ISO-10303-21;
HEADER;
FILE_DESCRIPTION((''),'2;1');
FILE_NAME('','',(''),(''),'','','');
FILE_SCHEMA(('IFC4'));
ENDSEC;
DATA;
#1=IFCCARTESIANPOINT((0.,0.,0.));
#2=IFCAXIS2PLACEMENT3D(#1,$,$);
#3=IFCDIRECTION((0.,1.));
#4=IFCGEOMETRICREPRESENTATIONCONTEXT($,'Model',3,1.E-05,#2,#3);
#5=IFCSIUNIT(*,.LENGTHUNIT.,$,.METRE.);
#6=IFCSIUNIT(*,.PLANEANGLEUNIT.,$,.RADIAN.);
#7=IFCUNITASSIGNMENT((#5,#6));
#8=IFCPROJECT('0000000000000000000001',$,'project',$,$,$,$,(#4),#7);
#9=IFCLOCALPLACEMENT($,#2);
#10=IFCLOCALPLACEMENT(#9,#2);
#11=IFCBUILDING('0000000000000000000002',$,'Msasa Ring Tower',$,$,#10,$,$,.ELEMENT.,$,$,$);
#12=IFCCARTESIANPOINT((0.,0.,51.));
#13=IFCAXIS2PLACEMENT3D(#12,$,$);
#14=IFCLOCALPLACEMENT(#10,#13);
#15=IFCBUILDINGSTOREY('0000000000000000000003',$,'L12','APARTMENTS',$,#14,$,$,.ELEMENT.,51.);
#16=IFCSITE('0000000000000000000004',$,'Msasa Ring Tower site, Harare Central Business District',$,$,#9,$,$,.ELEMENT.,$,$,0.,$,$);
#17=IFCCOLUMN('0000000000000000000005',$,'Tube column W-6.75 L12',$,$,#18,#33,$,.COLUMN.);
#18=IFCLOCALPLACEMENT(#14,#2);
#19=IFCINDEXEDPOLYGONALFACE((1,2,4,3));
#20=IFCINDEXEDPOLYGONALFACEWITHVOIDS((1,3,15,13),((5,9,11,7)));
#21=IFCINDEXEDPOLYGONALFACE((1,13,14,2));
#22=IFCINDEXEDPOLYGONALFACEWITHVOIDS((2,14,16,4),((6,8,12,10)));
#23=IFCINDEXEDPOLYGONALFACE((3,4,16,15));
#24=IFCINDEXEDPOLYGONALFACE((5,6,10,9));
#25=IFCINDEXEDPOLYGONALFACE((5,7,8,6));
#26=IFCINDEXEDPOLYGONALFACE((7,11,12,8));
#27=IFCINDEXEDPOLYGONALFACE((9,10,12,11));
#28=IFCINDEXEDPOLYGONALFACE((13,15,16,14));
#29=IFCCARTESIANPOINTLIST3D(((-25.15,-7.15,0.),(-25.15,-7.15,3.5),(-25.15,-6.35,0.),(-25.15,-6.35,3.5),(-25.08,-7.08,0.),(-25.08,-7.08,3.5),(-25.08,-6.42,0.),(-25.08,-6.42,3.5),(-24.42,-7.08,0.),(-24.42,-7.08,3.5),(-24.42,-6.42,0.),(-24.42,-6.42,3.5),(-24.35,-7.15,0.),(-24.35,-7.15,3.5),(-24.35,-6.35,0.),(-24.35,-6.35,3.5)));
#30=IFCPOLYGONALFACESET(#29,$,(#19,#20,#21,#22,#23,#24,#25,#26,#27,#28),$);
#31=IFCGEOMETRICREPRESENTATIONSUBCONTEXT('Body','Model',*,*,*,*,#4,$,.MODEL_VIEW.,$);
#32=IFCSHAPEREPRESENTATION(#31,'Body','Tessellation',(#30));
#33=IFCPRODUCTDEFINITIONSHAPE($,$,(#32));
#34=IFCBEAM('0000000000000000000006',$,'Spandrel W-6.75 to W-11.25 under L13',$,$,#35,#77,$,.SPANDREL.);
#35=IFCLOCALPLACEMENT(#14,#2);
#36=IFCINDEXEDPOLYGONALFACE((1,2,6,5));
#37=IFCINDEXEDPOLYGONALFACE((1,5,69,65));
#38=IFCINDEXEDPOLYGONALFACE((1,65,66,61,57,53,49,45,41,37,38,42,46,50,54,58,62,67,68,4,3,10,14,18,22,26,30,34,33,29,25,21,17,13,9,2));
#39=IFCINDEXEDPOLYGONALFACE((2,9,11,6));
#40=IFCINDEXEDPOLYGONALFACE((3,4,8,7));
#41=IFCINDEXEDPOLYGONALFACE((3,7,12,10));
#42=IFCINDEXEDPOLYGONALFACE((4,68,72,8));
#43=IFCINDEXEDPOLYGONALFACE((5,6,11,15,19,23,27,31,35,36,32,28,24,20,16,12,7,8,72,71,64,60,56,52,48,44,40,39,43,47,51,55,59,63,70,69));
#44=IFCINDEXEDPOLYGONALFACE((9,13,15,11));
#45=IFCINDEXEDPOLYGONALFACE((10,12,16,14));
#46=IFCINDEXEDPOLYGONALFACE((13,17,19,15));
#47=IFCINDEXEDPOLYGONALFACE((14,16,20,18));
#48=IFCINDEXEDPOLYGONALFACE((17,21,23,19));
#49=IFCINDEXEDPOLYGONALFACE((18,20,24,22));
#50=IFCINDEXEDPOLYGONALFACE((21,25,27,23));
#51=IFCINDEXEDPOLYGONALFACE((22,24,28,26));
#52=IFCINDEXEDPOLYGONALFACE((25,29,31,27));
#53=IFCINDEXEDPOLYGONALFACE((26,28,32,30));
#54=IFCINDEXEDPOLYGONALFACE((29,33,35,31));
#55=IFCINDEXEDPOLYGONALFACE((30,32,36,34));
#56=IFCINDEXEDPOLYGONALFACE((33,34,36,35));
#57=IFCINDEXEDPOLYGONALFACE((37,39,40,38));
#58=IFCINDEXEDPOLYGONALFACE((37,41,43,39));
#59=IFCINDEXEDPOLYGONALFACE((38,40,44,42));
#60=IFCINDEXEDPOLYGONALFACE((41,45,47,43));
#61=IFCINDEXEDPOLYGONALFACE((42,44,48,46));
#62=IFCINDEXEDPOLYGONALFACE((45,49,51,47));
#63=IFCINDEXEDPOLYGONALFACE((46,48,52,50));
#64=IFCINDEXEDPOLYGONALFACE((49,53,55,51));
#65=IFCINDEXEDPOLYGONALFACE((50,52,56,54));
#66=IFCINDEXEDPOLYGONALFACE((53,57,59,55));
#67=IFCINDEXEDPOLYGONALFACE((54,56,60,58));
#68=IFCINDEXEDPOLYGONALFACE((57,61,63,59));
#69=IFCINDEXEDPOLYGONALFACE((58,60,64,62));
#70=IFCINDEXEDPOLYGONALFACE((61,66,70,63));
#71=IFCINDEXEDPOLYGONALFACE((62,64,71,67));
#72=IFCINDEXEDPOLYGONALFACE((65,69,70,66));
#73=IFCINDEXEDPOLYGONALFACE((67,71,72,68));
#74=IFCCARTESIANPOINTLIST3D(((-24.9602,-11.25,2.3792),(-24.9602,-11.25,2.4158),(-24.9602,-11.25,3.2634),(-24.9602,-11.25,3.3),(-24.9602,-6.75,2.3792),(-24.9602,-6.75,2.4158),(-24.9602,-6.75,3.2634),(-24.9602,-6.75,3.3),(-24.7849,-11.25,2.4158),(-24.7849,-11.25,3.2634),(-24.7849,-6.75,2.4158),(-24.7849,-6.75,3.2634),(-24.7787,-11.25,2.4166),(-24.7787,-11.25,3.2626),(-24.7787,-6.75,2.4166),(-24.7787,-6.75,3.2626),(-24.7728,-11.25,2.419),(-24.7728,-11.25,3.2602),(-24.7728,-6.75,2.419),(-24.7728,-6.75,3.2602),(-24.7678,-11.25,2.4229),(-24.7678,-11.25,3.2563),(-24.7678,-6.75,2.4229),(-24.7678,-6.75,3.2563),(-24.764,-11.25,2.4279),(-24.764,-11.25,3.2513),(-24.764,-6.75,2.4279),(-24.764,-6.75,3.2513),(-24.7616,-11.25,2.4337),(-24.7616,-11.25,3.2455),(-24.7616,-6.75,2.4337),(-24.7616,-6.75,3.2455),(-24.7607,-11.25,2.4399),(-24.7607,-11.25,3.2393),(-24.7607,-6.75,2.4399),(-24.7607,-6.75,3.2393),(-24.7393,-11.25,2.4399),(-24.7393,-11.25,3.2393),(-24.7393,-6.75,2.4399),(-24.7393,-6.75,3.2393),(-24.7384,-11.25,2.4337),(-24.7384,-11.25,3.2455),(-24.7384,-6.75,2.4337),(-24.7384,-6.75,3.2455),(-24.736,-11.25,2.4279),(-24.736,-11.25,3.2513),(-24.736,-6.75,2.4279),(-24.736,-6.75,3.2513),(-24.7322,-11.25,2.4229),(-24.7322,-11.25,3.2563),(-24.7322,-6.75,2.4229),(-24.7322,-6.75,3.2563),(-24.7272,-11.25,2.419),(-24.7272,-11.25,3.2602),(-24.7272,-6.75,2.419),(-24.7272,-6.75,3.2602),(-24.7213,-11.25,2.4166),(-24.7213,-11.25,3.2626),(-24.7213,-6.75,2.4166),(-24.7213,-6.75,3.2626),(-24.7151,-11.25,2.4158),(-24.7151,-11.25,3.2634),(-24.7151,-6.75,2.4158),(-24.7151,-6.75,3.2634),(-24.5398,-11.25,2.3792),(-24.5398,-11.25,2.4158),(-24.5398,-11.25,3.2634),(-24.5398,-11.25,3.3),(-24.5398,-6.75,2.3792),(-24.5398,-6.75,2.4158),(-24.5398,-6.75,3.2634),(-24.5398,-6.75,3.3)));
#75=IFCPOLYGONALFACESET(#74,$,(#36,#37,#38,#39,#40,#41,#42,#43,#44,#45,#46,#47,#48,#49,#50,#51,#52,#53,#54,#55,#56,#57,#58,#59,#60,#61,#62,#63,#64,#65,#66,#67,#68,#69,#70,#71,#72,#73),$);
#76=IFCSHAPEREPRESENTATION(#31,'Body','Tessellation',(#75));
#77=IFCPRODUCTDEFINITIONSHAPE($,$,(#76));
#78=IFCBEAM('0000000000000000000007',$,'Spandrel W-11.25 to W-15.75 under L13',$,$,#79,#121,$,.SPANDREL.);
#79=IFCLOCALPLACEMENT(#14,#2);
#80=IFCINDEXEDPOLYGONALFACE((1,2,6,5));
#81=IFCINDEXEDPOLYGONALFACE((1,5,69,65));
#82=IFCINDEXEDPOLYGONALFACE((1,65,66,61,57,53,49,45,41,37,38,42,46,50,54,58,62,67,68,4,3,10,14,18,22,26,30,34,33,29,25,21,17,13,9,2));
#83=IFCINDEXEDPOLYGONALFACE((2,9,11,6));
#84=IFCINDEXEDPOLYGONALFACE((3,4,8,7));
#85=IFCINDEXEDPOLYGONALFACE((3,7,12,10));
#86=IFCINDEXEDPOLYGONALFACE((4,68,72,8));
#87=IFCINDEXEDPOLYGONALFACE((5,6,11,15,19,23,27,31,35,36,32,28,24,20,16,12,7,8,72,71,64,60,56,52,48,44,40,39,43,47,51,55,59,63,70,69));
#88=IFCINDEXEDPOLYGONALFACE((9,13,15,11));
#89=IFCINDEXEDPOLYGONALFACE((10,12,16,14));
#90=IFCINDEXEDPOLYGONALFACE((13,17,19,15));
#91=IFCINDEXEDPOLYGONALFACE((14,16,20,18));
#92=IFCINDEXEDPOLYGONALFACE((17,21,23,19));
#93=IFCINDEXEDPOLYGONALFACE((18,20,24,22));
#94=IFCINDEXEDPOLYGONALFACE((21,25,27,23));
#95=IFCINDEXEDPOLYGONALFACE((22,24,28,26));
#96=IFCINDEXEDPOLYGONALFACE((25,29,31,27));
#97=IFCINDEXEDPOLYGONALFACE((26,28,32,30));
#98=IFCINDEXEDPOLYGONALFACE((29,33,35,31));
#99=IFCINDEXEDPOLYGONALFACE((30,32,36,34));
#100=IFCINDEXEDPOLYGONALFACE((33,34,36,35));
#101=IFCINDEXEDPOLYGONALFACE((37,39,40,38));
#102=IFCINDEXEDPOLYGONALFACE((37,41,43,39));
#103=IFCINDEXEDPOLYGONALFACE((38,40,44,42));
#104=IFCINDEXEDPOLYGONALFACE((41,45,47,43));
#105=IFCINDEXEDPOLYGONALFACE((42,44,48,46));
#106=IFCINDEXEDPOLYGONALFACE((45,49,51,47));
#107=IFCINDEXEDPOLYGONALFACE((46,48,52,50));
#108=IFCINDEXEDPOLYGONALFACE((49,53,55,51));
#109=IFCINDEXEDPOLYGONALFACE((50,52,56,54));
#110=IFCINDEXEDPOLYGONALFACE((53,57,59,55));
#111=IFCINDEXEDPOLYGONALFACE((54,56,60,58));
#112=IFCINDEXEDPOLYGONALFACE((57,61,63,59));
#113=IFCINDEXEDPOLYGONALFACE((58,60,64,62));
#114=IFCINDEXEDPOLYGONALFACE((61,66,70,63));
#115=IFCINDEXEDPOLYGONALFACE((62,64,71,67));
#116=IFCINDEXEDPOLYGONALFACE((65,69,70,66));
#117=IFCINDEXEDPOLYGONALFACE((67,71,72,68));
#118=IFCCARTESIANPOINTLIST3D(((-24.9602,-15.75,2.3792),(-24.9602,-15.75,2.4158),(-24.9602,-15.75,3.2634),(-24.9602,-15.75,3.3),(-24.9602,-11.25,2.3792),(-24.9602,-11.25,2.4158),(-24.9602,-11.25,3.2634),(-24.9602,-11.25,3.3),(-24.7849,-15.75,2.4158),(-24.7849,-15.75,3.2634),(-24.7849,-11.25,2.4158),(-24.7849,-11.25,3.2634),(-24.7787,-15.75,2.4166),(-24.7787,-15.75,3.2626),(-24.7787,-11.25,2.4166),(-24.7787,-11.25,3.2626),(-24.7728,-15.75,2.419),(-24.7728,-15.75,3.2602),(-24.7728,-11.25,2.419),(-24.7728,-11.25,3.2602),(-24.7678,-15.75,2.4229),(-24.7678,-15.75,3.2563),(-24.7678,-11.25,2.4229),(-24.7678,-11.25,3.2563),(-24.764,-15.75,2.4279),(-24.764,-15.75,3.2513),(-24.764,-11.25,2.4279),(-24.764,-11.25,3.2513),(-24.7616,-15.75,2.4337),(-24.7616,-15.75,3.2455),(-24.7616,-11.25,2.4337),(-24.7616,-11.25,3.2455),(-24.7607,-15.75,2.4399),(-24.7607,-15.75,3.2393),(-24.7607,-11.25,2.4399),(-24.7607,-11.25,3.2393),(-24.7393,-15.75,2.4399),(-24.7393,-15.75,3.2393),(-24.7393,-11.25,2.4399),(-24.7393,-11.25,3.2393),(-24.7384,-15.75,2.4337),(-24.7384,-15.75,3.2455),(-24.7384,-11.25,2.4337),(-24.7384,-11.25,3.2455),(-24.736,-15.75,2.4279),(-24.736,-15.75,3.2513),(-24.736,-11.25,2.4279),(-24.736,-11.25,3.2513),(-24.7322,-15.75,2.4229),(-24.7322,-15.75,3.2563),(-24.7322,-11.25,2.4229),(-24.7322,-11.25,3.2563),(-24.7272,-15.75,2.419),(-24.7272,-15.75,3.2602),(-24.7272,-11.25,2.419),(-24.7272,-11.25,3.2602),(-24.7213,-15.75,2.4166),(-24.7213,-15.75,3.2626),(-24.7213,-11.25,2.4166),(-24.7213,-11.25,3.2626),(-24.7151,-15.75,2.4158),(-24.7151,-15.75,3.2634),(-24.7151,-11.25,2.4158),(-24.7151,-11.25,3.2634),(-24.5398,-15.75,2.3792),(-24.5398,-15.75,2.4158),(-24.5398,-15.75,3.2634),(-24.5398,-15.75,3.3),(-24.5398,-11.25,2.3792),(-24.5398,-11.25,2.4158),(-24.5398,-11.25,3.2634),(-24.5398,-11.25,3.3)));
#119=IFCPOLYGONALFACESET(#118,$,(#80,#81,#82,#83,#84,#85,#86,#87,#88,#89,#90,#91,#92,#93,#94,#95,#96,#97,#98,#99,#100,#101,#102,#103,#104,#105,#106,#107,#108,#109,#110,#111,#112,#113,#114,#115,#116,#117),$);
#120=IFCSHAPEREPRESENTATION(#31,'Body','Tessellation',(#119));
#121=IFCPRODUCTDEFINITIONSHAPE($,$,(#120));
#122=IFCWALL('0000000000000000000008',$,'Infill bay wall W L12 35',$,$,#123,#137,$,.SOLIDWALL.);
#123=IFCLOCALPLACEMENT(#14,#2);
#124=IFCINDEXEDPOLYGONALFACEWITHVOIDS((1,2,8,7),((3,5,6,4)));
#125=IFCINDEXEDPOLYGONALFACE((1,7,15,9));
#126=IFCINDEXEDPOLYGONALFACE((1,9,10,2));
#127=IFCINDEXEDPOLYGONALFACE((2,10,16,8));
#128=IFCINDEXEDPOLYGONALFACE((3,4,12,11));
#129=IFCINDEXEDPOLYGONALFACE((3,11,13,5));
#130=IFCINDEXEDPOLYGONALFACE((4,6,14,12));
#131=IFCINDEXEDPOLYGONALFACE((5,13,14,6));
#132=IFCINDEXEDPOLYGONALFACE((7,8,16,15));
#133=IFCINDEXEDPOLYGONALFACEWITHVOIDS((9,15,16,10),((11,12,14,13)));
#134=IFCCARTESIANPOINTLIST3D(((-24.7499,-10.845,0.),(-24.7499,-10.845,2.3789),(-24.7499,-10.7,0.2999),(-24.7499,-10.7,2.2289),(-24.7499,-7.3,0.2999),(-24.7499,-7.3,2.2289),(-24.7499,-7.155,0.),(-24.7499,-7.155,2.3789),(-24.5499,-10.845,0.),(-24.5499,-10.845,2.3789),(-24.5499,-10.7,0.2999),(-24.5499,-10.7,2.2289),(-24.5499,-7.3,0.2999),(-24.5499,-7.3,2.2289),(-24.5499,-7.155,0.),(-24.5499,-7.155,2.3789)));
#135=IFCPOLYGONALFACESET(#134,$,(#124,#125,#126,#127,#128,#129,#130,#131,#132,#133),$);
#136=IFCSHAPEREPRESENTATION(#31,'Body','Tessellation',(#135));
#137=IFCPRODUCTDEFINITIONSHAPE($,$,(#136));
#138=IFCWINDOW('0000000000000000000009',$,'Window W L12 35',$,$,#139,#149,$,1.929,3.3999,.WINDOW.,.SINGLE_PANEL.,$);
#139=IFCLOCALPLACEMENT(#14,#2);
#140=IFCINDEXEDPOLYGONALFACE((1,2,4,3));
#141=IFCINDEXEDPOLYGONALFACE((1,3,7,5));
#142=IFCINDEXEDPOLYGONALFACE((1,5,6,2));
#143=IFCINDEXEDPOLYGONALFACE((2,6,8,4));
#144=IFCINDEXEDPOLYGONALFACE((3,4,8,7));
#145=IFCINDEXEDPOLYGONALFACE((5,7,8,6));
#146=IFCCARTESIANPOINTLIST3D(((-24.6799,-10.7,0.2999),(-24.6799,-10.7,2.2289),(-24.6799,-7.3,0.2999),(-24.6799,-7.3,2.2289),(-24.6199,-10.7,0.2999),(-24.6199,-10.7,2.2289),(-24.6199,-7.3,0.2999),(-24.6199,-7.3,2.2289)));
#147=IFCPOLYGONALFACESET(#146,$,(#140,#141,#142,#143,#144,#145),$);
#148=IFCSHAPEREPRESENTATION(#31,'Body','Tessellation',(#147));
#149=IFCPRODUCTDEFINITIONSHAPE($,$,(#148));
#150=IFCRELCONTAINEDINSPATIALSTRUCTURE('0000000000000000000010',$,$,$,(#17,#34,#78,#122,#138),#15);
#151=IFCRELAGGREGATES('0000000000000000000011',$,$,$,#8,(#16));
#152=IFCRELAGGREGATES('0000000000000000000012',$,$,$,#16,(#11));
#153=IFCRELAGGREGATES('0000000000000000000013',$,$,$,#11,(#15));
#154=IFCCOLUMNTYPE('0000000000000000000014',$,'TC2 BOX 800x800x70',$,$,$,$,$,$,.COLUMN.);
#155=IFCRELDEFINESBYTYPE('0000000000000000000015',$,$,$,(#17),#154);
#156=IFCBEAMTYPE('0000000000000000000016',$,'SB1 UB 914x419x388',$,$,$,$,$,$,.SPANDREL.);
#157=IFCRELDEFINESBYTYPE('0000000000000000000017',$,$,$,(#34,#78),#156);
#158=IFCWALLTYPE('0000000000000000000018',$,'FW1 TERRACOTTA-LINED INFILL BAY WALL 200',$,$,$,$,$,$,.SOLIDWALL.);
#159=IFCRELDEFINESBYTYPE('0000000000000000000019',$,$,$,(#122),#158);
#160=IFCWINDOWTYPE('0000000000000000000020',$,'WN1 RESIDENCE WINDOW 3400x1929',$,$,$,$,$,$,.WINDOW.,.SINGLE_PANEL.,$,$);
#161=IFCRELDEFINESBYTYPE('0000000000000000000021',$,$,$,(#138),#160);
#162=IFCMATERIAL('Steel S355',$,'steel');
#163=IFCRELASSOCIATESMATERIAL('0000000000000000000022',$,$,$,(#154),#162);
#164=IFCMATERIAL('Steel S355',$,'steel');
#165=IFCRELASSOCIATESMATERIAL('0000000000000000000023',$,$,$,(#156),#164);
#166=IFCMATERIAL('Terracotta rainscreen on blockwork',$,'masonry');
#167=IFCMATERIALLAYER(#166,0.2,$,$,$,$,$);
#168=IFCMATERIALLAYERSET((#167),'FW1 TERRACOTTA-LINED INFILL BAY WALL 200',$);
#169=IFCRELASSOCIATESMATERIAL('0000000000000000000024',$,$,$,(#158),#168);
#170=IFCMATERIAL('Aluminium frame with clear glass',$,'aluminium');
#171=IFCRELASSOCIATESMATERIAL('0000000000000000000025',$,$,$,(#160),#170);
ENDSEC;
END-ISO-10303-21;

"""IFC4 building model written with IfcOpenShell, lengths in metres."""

from ifc_helpers import new_model, si_unit, direction, frame, frame_2d, origin, origin_2d, place, context, subcontext, project, spatial, rectangle, hollow_rectangle, i_section, extrude, material, layer, layer_set, material_profile, profile_set, type_object, element, fill, save


model = new_model("IFC4")

# Units and contexts
model_context = context("Model", 3, precision=1e-05, world=origin(), true_north=direction((0.0, 1.0)))
body_context = subcontext(model_context, "Body", "Model", "MODEL_VIEW")
ifc_project = project(units=[si_unit("LENGTHUNIT", "METRE"), si_unit("PLANEANGLEUNIT", "RADIAN")], contexts=[model_context])

# Site, building, storey
site_placement = place(None, origin())
site = spatial("IfcSite", under=ifc_project, at=site_placement, Name="Msasa Ring Tower site, Harare Central Business District", CompositionType="ELEMENT", RefElevation=0.0)
building_placement = place(site_placement, origin())
building = spatial("IfcBuilding", under=site, at=building_placement, Name="Msasa Ring Tower", CompositionType="ELEMENT")
storey_placement = place(building_placement, frame((0.0, 0.0, 51.0)))
storey = spatial("IfcBuildingStorey", under=building, at=storey_placement, Name="L12", Description="APARTMENTS", CompositionType="ELEMENT", Elevation=51.0)

# Column
ifc_material_1 = material(Name="Steel S355", Category="steel")
ifc_material_profile_1 = material_profile(ifc_material_1, hollow_rectangle(XDim=0.8, YDim=0.8, WallThickness=0.0701, at=origin_2d()), Name="BOX 800x800x70")
ifc_profile_set_1 = profile_set([ifc_material_profile_1], Name="Steel S355")
column_type = type_object("IfcColumnType", Name="TC2 BOX 800x800x70", PredefinedType="COLUMN", material=ifc_profile_set_1)
column_placement = place(storey_placement, frame((-24.75, -6.75, 0.0), z_axis=(0.0, 0.0, 1.0), x_axis=(1.0, 0.0, 0.0)))
element("IfcColumn", 1, at=column_placement, inside=storey, type_object=column_type, Name="Tube column W-6.75 L12", PredefinedType="COLUMN", context=body_context, shape_type="SweptSolid", body=[
    extrude(hollow_rectangle(XDim=0.8, YDim=0.8, WallThickness=0.0701, at=origin_2d()), origin(), (0.0, 0.0, 1.0), 3.5),
])

# Beams
ifc_material_2 = material(Name="Steel S355", Category="steel")
ifc_material_profile_2 = material_profile(ifc_material_2, i_section(OverallWidth=0.4204, OverallDepth=0.9209, WebThickness=0.0215, FlangeThickness=0.0366, FilletRadius=0.0242, at=origin_2d()), Name="UB 914x419x388")
ifc_profile_set_2 = profile_set([ifc_material_profile_2], Name="Steel S355")
beam_type = type_object("IfcBeamType", Name="SB1 UB 914x419x388", PredefinedType="SPANDREL", material=ifc_profile_set_2)
for number, where, z_axis, x_axis, name in (
    (2, (-24.75, -6.75, 2.8396), (0.0, -1.0, 0.0), (1.0, 0.0, 0.0), "Spandrel W-6.75 to W-11.25 under L13"),
    (3, (-24.75, -11.25, 2.8396), (0.0, -1.0, 0.0), (1.0, 0.0, 0.0), "Spandrel W-11.25 to W-15.75 under L13"),
):
    element("IfcBeam", number, at=place(storey_placement, frame(where, z_axis=z_axis, x_axis=x_axis)), inside=storey, type_object=beam_type, Name=name, PredefinedType="SPANDREL", context=body_context, shape_type="SweptSolid", body=[
        extrude(i_section(OverallWidth=0.4204, OverallDepth=0.9209, WebThickness=0.0215, FlangeThickness=0.0366, FilletRadius=0.0242, at=origin_2d()), origin(), (0.0, 0.0, 1.0), 4.5),
    ])

# Wall, opening, window
ifc_material_3 = material(Name="Terracotta rainscreen on blockwork", Category="masonry")
ifc_layer_1 = layer(ifc_material_3, 0.2)
ifc_layer_set_1 = layer_set([ifc_layer_1], Name="FW1 TERRACOTTA-LINED INFILL BAY WALL 200")
wall_type_1 = type_object("IfcWallType", Name="FW1 TERRACOTTA-LINED INFILL BAY WALL 200", PredefinedType="SOLIDWALL", material=ifc_layer_set_1)
wall_1_placement = place(storey_placement, frame((-24.6499, -10.845, 0.0), z_axis=(0.0, 0.0, 1.0), x_axis=(0.0, 1.0, 0.0)))
wall_1 = element("IfcWall", 4, at=wall_1_placement, inside=storey, type_object=wall_type_1, Name="Infill bay wall W L12 35", PredefinedType="SOLIDWALL", context=body_context, shape_type="SweptSolid", body=[
    extrude(rectangle(XDim=3.6899, YDim=0.2, at=frame_2d((1.845, 0.0))), origin(), (0.0, 0.0, 1.0), 2.3789),
])
opening_1_placement = place(wall_1_placement, frame((0.145, 0.0, 0.3)))
opening_1 = element("IfcOpeningElement", 5, at=opening_1_placement, cuts=wall_1, PredefinedType="OPENING", context=body_context, shape_type="SweptSolid", body=[
    extrude(rectangle(XDim=3.3999, YDim=1.929, at=frame_2d((1.7, 0.9644))), frame((0.0, 0.1099, 0.0), z_axis=(0.0, -1.0, 0.0), x_axis=(1.0, 0.0, 0.0)), (0.0, 0.0, 1.0), 0.22),
])
ifc_material_4 = material(Name="Aluminium frame with clear glass", Category="aluminium")
window_type = type_object("IfcWindowType", Name="WN1 RESIDENCE WINDOW 3400x1929", PartitioningType="SINGLE_PANEL", PredefinedType="WINDOW", material=ifc_material_4)
window_placement = place(opening_1_placement, origin())
window = element("IfcWindow", 6, at=window_placement, inside=storey, type_object=window_type, Name="Window W L12 35", OverallHeight=1.929, OverallWidth=3.3999, PartitioningType="SINGLE_PANEL", PredefinedType="WINDOW", context=body_context, shape_type="SweptSolid", body=[
    extrude(rectangle(XDim=3.3999, YDim=1.929, at=frame_2d((1.7, 0.9644))), frame((0.0, 0.03, 0.0), z_axis=(0.0, -1.0, 0.0), x_axis=(1.0, 0.0, 0.0)), (0.0, 0.0, 1.0), 0.0601),
])
fill(opening_1, window)

save(model, "model.ifc")
